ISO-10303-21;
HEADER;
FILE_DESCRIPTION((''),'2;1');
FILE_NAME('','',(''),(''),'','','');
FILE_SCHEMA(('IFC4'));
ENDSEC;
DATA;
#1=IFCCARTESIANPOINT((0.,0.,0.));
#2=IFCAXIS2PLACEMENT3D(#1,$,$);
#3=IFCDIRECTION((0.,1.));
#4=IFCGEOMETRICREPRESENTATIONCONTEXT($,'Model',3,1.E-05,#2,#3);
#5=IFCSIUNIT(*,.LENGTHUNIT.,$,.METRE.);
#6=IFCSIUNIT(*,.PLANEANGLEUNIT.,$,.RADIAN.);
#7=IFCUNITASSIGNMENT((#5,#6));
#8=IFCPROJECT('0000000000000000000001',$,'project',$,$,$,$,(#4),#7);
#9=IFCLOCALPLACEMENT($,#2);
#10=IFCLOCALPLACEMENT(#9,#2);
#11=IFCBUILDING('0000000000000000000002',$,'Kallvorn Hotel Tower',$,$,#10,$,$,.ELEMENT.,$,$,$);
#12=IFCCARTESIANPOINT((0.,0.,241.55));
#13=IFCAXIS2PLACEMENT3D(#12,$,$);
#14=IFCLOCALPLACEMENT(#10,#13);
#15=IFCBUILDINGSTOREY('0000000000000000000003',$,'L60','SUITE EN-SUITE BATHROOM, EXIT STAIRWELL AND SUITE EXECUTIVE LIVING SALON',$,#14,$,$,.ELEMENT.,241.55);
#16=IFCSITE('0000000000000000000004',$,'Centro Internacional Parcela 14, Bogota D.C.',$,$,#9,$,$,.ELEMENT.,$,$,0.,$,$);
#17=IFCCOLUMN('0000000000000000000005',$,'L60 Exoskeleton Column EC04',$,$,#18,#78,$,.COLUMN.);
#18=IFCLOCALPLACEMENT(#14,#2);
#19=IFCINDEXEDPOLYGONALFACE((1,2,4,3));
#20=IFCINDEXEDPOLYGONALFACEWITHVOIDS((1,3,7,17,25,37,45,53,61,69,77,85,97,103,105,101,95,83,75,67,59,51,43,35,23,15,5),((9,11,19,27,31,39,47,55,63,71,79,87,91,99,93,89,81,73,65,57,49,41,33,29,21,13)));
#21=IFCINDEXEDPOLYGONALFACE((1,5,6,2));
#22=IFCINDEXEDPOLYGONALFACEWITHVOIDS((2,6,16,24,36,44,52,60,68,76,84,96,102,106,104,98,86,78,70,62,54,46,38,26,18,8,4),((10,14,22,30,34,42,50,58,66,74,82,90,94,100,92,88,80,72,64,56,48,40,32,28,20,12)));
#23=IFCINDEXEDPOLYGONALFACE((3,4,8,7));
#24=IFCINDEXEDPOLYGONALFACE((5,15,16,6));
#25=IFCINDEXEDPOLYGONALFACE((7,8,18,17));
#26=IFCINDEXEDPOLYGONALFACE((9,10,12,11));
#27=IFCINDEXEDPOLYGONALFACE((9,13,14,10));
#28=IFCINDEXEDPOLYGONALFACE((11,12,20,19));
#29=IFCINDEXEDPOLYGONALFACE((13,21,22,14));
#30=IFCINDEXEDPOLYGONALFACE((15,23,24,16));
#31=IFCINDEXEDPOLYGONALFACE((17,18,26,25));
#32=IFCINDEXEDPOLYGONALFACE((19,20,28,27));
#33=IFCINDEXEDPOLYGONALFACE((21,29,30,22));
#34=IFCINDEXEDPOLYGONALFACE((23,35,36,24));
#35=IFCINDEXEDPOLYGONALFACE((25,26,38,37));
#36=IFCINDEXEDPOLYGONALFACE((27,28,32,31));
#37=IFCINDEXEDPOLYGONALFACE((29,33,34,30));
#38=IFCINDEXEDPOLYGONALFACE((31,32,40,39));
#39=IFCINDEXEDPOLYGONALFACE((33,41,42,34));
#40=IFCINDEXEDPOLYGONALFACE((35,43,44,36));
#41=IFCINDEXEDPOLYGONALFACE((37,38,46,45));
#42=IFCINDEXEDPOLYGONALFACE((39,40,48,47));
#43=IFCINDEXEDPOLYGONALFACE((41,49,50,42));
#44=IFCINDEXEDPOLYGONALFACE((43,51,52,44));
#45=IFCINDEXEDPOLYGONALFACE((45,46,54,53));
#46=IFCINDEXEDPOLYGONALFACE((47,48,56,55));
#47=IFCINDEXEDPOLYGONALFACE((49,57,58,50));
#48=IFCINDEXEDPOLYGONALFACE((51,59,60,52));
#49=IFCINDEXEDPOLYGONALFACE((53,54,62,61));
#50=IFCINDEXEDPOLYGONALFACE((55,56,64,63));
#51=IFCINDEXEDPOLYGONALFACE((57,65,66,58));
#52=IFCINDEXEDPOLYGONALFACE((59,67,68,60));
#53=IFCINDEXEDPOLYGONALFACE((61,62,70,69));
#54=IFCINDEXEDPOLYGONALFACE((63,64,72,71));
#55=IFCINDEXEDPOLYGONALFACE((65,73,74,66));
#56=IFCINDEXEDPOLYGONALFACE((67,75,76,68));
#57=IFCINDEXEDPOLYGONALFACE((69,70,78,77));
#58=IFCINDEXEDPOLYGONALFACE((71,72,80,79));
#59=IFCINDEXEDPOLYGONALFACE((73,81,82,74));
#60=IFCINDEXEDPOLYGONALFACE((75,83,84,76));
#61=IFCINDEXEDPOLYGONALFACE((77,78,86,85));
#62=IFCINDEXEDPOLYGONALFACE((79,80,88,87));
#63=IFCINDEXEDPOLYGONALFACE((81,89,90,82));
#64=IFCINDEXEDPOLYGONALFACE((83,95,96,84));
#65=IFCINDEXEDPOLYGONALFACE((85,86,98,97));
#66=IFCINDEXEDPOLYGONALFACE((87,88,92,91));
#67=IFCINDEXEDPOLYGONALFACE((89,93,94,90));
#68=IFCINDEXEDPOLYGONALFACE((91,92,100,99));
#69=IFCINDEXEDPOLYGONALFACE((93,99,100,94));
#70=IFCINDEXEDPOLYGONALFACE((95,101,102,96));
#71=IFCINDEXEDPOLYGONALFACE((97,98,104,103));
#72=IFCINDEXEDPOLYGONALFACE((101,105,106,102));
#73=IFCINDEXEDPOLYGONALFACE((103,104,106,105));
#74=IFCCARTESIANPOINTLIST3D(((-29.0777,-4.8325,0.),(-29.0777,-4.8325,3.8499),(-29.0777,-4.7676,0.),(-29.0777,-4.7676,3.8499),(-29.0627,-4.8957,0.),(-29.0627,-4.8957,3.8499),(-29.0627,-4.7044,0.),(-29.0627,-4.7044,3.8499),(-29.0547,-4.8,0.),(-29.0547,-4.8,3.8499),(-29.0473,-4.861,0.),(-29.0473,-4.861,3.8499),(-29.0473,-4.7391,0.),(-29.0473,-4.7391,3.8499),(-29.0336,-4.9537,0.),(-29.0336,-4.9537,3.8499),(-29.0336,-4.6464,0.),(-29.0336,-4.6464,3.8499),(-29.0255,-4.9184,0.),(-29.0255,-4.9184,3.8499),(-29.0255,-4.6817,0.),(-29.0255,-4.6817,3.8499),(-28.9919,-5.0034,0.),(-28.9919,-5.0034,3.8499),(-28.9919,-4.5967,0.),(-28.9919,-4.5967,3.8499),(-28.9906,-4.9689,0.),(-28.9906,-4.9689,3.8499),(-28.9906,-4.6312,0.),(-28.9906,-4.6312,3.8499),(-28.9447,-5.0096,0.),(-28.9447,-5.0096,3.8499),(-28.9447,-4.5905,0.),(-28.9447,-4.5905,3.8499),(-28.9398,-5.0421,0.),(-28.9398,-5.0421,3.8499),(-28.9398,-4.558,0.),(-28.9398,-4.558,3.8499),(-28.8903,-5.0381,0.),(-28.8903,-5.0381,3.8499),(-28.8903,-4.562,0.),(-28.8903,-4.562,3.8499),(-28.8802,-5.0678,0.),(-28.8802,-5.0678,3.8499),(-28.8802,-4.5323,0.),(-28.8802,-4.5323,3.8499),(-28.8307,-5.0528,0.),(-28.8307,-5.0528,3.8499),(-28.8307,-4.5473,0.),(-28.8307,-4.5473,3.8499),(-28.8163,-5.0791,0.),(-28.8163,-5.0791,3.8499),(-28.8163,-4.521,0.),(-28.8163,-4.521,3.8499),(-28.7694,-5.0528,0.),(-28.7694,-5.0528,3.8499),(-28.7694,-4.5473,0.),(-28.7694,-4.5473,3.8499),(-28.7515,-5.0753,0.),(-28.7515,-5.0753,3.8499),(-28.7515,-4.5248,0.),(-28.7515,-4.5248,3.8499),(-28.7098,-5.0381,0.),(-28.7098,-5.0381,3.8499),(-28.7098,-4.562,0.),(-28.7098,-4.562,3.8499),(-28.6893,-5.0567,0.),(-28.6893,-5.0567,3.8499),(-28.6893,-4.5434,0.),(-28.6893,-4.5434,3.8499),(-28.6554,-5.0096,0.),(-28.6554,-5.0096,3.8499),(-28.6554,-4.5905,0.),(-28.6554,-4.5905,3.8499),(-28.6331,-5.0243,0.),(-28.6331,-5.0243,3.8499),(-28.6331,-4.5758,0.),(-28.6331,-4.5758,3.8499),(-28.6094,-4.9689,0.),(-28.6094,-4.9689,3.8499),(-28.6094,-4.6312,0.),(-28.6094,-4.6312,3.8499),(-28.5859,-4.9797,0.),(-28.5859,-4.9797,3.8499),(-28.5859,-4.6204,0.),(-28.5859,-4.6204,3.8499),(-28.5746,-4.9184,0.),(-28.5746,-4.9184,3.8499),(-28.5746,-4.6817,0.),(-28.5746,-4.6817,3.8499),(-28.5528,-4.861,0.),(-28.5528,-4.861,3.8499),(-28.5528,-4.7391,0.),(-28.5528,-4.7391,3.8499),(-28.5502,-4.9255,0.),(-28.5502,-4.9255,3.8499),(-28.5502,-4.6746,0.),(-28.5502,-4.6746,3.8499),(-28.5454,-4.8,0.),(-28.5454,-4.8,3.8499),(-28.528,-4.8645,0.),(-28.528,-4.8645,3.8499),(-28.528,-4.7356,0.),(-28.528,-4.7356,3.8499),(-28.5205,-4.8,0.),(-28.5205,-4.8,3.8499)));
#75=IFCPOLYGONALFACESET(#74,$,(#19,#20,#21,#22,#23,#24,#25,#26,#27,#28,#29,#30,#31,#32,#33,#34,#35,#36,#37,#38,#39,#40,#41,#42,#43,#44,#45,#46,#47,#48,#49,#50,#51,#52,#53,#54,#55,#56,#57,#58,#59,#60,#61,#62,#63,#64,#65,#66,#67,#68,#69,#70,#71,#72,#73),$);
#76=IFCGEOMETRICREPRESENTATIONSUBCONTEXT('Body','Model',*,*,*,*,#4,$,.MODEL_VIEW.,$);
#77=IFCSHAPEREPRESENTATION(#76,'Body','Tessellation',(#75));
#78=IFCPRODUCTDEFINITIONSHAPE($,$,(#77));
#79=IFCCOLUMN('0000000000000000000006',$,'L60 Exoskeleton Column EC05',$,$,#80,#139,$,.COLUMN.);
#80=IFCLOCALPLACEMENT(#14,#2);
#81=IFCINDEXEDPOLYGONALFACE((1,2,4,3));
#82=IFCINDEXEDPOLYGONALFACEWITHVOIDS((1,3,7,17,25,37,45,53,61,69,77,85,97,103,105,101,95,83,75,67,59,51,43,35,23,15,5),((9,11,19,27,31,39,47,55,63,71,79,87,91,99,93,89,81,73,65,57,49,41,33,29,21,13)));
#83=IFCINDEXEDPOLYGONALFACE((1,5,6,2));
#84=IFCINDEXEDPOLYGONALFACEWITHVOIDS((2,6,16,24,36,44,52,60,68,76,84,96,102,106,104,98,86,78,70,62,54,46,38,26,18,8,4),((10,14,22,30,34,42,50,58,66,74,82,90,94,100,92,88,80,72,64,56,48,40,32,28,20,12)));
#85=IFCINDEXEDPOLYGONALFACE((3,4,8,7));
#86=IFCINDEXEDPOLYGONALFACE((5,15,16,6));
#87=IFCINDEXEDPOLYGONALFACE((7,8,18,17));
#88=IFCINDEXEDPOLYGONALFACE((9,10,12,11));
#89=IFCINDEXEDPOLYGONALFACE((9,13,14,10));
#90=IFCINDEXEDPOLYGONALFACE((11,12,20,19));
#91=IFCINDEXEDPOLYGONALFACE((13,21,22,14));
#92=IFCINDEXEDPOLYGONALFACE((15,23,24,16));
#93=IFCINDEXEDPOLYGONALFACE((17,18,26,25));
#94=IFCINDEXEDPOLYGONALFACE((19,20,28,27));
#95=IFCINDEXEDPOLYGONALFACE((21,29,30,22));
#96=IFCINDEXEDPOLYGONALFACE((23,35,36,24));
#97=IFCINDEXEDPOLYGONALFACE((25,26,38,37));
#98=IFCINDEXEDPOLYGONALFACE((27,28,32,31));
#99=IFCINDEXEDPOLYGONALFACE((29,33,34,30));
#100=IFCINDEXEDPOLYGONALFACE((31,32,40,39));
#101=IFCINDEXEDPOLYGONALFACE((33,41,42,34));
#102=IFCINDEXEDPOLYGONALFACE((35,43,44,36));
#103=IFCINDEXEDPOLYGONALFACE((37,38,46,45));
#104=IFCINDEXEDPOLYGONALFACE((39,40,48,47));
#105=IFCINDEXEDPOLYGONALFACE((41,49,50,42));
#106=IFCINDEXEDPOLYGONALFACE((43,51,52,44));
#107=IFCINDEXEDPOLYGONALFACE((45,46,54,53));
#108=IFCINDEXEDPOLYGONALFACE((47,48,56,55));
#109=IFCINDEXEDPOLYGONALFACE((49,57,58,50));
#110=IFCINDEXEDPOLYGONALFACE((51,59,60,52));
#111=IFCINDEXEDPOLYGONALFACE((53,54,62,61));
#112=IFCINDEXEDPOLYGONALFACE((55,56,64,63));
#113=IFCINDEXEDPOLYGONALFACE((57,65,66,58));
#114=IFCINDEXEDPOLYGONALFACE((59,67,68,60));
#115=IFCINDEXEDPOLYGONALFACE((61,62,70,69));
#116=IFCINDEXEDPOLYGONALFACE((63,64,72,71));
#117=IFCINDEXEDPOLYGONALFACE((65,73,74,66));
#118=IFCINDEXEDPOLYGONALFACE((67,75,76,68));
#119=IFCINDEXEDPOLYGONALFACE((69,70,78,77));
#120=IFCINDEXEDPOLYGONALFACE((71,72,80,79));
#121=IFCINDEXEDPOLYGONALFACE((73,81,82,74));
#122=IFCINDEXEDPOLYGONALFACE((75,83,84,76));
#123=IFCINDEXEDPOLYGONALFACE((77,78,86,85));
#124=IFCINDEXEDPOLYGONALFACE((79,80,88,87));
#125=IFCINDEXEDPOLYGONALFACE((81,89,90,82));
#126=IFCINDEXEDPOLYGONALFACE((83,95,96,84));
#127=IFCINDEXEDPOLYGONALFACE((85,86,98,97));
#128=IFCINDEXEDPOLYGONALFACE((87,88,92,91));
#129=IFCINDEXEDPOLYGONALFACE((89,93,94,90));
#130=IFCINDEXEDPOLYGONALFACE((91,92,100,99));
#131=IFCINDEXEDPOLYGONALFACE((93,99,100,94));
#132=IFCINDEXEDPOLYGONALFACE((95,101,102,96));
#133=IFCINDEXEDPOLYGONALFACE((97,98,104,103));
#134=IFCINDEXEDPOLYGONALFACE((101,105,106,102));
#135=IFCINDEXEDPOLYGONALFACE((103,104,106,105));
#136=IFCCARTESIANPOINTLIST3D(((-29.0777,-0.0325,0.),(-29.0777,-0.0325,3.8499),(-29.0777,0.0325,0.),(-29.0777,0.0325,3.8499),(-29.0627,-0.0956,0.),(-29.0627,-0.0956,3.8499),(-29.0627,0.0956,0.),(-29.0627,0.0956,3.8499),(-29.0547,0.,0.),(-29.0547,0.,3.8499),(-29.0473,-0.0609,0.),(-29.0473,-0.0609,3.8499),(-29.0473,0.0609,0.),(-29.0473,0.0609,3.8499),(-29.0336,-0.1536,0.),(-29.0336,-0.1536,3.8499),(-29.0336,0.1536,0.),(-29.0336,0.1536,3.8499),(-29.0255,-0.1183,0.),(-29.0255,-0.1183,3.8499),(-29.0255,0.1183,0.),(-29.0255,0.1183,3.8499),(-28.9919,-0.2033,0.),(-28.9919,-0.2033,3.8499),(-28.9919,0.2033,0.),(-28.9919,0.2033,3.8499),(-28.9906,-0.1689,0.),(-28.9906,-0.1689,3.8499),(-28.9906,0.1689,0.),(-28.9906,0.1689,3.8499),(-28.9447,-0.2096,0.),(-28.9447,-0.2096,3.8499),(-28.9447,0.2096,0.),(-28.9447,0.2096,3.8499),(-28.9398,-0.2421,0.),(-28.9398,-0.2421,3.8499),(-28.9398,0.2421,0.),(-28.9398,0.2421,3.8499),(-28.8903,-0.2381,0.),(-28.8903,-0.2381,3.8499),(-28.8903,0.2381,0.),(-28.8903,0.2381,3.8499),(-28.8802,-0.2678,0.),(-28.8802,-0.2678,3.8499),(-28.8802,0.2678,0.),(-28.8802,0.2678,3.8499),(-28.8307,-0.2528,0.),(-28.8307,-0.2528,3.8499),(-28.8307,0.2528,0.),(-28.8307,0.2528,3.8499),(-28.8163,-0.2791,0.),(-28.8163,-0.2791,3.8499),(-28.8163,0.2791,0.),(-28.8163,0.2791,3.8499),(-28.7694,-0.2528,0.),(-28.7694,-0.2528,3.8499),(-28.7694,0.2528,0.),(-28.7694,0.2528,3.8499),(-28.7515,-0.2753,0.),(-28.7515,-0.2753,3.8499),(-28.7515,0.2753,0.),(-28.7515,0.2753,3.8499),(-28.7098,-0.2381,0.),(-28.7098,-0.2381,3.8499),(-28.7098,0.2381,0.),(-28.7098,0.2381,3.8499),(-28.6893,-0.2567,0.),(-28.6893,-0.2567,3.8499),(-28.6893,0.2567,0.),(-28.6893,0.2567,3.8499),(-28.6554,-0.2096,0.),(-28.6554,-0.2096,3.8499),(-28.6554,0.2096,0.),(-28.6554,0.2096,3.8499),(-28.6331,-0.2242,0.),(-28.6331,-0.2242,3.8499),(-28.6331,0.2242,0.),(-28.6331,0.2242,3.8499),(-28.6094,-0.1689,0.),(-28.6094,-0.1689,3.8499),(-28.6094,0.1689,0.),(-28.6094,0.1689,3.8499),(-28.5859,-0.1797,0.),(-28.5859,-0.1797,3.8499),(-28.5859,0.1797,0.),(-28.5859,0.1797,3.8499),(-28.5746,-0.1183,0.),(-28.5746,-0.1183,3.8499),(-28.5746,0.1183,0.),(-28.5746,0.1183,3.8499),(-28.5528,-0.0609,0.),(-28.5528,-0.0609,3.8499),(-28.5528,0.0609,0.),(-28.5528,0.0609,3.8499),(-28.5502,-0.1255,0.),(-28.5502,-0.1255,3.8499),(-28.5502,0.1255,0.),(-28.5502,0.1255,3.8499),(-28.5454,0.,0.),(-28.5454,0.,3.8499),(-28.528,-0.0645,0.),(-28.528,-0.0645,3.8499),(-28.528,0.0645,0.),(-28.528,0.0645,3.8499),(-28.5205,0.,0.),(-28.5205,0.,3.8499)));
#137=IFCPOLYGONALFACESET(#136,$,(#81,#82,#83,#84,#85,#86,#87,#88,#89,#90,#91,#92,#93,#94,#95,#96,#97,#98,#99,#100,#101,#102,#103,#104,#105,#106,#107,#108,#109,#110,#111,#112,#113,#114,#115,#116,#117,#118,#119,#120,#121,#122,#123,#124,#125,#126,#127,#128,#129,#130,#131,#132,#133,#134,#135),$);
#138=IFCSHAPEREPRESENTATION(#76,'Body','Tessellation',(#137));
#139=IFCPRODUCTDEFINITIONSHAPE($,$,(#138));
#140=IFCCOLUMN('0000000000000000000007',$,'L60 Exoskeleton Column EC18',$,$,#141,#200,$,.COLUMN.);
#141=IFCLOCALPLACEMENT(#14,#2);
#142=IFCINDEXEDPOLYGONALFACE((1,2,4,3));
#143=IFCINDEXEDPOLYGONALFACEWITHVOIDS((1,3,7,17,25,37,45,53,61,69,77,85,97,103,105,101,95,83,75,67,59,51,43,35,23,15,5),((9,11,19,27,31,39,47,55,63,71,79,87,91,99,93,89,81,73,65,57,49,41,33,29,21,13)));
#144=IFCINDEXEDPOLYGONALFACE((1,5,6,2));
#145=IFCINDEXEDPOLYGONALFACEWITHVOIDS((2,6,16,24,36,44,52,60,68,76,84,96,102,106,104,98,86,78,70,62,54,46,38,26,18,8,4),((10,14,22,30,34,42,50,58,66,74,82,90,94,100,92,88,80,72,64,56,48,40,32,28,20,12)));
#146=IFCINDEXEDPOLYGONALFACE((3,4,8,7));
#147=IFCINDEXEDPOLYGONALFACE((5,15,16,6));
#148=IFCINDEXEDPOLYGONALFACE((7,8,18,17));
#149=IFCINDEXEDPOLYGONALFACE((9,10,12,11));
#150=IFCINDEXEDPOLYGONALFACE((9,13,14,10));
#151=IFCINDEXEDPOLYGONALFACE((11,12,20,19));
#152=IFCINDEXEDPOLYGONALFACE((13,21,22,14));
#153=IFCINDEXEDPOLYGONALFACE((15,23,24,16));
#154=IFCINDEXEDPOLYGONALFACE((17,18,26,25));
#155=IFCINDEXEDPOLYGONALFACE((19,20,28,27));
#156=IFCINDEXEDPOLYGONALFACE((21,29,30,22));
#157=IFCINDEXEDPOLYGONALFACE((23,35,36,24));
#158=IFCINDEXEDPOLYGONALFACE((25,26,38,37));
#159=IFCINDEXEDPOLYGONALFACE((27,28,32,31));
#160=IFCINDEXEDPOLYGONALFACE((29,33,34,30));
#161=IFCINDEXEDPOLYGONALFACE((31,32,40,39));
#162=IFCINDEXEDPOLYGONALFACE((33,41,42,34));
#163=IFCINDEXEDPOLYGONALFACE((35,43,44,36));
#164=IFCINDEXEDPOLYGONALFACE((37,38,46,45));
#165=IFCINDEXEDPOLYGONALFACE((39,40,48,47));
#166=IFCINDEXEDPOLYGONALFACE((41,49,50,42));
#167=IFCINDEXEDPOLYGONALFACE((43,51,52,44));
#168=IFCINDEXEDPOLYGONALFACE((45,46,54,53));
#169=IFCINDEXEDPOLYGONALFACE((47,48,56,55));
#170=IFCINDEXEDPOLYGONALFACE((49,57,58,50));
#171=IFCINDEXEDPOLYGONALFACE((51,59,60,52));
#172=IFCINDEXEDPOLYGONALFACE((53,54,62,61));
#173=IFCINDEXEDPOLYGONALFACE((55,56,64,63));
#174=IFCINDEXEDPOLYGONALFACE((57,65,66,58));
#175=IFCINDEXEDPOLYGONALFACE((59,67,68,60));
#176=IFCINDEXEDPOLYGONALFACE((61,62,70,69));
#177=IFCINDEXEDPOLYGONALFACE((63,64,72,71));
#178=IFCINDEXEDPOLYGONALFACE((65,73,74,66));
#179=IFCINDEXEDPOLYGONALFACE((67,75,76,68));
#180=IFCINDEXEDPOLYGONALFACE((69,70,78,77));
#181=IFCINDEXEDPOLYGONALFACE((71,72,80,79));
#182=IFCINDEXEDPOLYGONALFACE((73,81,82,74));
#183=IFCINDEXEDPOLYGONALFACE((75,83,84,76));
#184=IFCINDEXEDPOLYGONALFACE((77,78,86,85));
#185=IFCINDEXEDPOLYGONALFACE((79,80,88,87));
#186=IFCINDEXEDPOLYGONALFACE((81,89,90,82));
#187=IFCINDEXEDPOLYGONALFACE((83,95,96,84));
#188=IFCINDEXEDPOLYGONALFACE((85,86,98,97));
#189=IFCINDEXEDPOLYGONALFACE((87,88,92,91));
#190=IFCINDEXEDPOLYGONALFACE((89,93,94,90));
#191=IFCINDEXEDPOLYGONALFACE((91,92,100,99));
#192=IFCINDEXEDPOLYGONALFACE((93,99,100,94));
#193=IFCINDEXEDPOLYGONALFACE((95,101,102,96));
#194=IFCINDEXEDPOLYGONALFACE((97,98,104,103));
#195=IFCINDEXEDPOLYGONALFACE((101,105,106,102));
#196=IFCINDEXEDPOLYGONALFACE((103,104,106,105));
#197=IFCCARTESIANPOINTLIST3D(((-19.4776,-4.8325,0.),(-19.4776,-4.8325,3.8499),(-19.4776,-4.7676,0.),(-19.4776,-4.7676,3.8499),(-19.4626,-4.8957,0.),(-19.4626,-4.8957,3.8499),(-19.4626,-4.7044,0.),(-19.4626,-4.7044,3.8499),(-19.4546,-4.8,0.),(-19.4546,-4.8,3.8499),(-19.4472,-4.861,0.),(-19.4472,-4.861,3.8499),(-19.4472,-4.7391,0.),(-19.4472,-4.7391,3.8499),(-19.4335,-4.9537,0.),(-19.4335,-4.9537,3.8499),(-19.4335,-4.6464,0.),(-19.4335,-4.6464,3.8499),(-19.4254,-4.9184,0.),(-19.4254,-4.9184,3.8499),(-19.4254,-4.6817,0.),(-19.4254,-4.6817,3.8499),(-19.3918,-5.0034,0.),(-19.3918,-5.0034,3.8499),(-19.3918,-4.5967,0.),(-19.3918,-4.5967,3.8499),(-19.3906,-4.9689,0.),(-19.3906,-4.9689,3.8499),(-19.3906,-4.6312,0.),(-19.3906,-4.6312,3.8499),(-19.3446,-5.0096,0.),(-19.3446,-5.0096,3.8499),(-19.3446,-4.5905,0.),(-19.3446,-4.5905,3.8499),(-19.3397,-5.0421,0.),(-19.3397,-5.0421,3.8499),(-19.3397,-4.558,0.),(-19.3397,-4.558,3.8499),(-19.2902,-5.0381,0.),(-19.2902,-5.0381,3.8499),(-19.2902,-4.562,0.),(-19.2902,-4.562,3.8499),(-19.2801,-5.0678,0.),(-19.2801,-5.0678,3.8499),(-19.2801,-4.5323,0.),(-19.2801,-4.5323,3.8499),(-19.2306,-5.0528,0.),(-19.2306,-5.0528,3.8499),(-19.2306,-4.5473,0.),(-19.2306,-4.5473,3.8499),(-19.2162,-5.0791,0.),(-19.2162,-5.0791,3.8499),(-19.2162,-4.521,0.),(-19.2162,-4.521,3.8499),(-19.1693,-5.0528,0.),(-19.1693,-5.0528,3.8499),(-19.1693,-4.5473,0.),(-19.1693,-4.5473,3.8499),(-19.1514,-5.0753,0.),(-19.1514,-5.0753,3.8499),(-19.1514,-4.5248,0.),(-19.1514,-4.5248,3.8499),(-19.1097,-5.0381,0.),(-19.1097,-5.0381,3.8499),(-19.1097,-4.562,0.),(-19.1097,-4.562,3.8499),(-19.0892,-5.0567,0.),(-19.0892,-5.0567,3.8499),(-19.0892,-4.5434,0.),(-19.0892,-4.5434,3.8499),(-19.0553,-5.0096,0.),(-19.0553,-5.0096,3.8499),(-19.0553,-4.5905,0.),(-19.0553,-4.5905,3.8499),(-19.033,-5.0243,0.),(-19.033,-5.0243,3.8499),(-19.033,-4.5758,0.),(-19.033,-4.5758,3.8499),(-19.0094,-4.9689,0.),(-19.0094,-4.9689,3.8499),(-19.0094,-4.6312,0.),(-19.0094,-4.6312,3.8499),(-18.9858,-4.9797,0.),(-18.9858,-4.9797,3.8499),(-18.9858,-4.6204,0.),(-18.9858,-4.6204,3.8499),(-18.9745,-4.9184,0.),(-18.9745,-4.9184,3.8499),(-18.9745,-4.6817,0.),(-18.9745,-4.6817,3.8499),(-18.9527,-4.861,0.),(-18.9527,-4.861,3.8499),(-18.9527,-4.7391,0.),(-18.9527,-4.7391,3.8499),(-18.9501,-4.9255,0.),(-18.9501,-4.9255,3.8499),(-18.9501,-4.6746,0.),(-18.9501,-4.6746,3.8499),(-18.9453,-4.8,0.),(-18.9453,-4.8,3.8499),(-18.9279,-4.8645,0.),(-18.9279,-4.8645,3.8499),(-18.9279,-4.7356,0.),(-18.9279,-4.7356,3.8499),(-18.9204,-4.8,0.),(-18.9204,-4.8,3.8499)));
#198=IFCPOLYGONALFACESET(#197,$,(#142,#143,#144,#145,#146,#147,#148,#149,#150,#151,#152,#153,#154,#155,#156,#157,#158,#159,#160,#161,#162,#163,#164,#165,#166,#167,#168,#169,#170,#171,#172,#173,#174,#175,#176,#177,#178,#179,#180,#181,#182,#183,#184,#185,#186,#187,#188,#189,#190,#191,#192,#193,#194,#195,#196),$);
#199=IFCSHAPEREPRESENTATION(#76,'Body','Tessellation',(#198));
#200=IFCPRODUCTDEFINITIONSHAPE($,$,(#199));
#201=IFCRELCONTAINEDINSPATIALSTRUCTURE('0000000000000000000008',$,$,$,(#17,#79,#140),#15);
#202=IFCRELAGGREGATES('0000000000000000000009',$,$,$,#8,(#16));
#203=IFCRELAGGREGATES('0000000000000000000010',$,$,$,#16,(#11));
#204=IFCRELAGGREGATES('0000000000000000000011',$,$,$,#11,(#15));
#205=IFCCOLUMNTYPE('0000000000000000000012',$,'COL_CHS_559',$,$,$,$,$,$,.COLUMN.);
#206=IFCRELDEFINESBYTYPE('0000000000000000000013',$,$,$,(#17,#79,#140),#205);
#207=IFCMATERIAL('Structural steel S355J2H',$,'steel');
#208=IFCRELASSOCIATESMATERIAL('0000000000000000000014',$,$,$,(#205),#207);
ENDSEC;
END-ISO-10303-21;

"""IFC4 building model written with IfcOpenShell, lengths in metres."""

from ifc_helpers import new_model, si_unit, direction, frame, origin, origin_2d, place, context, subcontext, project, spatial, hollow_circle, extrude, material, material_profile, profile_set, type_object, element, save


model = new_model("IFC4")

# Units and contexts
model_context = context("Model", 3, precision=1e-05, world=origin(), true_north=direction((0.0, 1.0)))
body_context = subcontext(model_context, "Body", "Model", "MODEL_VIEW")
ifc_project = project(units=[si_unit("LENGTHUNIT", "METRE"), si_unit("PLANEANGLEUNIT", "RADIAN")], contexts=[model_context])

# Site, building, storey
site_placement = place(None, origin())
site = spatial("IfcSite", under=ifc_project, at=site_placement, Name="Centro Internacional Parcela 14, Bogota D.C.", CompositionType="ELEMENT", RefElevation=0.0)
building_placement = place(site_placement, origin())
building = spatial("IfcBuilding", under=site, at=building_placement, Name="Kallvorn Hotel Tower", CompositionType="ELEMENT")
storey_placement = place(building_placement, frame((0.0, 0.0, 241.55)))
storey = spatial("IfcBuildingStorey", under=building, at=storey_placement, Name="L60", Description="SUITE EN-SUITE BATHROOM, EXIT STAIRWELL AND SUITE EXECUTIVE LIVING SALON", CompositionType="ELEMENT", Elevation=241.55)

# Columns
ifc_material_1 = material(Name="Structural steel S355J2H", Category="steel")
ifc_material_profile_1 = material_profile(ifc_material_1, hollow_circle(Radius=0.2795, WallThickness=0.0249, at=origin_2d()), Name="CHS 559x25")
ifc_profile_set_1 = profile_set([ifc_material_profile_1], Name="Structural steel S355J2H")
column_type_1 = type_object("IfcColumnType", Name="COL_CHS_559", PredefinedType="COLUMN", material=ifc_profile_set_1)
for number, where, z_axis, x_axis, name in (
    (1, (-28.8, -4.8, 0.0), (0.0, 0.0, 1.0), (1.0, 0.0, 0.0), "L60 Exoskeleton Column EC04"),
    (2, (-28.8, 0.0, 0.0), (0.0, 0.0, 1.0), (1.0, 0.0, 0.0), "L60 Exoskeleton Column EC05"),
    (3, (-19.2, -4.8, 0.0), (0.0, 0.0, 1.0), (1.0, 0.0, 0.0), "L60 Exoskeleton Column EC18"),
):
    element("IfcColumn", number, at=place(storey_placement, frame(where, z_axis=z_axis, x_axis=x_axis)), inside=storey, type_object=column_type_1, Name=name, PredefinedType="COLUMN", context=body_context, shape_type="SweptSolid", body=[
        extrude(hollow_circle(Radius=0.2795, WallThickness=0.0249, at=origin_2d()), origin(), (0.0, 0.0, 1.0), 3.8499),
    ])

save(model, "model.ifc")
